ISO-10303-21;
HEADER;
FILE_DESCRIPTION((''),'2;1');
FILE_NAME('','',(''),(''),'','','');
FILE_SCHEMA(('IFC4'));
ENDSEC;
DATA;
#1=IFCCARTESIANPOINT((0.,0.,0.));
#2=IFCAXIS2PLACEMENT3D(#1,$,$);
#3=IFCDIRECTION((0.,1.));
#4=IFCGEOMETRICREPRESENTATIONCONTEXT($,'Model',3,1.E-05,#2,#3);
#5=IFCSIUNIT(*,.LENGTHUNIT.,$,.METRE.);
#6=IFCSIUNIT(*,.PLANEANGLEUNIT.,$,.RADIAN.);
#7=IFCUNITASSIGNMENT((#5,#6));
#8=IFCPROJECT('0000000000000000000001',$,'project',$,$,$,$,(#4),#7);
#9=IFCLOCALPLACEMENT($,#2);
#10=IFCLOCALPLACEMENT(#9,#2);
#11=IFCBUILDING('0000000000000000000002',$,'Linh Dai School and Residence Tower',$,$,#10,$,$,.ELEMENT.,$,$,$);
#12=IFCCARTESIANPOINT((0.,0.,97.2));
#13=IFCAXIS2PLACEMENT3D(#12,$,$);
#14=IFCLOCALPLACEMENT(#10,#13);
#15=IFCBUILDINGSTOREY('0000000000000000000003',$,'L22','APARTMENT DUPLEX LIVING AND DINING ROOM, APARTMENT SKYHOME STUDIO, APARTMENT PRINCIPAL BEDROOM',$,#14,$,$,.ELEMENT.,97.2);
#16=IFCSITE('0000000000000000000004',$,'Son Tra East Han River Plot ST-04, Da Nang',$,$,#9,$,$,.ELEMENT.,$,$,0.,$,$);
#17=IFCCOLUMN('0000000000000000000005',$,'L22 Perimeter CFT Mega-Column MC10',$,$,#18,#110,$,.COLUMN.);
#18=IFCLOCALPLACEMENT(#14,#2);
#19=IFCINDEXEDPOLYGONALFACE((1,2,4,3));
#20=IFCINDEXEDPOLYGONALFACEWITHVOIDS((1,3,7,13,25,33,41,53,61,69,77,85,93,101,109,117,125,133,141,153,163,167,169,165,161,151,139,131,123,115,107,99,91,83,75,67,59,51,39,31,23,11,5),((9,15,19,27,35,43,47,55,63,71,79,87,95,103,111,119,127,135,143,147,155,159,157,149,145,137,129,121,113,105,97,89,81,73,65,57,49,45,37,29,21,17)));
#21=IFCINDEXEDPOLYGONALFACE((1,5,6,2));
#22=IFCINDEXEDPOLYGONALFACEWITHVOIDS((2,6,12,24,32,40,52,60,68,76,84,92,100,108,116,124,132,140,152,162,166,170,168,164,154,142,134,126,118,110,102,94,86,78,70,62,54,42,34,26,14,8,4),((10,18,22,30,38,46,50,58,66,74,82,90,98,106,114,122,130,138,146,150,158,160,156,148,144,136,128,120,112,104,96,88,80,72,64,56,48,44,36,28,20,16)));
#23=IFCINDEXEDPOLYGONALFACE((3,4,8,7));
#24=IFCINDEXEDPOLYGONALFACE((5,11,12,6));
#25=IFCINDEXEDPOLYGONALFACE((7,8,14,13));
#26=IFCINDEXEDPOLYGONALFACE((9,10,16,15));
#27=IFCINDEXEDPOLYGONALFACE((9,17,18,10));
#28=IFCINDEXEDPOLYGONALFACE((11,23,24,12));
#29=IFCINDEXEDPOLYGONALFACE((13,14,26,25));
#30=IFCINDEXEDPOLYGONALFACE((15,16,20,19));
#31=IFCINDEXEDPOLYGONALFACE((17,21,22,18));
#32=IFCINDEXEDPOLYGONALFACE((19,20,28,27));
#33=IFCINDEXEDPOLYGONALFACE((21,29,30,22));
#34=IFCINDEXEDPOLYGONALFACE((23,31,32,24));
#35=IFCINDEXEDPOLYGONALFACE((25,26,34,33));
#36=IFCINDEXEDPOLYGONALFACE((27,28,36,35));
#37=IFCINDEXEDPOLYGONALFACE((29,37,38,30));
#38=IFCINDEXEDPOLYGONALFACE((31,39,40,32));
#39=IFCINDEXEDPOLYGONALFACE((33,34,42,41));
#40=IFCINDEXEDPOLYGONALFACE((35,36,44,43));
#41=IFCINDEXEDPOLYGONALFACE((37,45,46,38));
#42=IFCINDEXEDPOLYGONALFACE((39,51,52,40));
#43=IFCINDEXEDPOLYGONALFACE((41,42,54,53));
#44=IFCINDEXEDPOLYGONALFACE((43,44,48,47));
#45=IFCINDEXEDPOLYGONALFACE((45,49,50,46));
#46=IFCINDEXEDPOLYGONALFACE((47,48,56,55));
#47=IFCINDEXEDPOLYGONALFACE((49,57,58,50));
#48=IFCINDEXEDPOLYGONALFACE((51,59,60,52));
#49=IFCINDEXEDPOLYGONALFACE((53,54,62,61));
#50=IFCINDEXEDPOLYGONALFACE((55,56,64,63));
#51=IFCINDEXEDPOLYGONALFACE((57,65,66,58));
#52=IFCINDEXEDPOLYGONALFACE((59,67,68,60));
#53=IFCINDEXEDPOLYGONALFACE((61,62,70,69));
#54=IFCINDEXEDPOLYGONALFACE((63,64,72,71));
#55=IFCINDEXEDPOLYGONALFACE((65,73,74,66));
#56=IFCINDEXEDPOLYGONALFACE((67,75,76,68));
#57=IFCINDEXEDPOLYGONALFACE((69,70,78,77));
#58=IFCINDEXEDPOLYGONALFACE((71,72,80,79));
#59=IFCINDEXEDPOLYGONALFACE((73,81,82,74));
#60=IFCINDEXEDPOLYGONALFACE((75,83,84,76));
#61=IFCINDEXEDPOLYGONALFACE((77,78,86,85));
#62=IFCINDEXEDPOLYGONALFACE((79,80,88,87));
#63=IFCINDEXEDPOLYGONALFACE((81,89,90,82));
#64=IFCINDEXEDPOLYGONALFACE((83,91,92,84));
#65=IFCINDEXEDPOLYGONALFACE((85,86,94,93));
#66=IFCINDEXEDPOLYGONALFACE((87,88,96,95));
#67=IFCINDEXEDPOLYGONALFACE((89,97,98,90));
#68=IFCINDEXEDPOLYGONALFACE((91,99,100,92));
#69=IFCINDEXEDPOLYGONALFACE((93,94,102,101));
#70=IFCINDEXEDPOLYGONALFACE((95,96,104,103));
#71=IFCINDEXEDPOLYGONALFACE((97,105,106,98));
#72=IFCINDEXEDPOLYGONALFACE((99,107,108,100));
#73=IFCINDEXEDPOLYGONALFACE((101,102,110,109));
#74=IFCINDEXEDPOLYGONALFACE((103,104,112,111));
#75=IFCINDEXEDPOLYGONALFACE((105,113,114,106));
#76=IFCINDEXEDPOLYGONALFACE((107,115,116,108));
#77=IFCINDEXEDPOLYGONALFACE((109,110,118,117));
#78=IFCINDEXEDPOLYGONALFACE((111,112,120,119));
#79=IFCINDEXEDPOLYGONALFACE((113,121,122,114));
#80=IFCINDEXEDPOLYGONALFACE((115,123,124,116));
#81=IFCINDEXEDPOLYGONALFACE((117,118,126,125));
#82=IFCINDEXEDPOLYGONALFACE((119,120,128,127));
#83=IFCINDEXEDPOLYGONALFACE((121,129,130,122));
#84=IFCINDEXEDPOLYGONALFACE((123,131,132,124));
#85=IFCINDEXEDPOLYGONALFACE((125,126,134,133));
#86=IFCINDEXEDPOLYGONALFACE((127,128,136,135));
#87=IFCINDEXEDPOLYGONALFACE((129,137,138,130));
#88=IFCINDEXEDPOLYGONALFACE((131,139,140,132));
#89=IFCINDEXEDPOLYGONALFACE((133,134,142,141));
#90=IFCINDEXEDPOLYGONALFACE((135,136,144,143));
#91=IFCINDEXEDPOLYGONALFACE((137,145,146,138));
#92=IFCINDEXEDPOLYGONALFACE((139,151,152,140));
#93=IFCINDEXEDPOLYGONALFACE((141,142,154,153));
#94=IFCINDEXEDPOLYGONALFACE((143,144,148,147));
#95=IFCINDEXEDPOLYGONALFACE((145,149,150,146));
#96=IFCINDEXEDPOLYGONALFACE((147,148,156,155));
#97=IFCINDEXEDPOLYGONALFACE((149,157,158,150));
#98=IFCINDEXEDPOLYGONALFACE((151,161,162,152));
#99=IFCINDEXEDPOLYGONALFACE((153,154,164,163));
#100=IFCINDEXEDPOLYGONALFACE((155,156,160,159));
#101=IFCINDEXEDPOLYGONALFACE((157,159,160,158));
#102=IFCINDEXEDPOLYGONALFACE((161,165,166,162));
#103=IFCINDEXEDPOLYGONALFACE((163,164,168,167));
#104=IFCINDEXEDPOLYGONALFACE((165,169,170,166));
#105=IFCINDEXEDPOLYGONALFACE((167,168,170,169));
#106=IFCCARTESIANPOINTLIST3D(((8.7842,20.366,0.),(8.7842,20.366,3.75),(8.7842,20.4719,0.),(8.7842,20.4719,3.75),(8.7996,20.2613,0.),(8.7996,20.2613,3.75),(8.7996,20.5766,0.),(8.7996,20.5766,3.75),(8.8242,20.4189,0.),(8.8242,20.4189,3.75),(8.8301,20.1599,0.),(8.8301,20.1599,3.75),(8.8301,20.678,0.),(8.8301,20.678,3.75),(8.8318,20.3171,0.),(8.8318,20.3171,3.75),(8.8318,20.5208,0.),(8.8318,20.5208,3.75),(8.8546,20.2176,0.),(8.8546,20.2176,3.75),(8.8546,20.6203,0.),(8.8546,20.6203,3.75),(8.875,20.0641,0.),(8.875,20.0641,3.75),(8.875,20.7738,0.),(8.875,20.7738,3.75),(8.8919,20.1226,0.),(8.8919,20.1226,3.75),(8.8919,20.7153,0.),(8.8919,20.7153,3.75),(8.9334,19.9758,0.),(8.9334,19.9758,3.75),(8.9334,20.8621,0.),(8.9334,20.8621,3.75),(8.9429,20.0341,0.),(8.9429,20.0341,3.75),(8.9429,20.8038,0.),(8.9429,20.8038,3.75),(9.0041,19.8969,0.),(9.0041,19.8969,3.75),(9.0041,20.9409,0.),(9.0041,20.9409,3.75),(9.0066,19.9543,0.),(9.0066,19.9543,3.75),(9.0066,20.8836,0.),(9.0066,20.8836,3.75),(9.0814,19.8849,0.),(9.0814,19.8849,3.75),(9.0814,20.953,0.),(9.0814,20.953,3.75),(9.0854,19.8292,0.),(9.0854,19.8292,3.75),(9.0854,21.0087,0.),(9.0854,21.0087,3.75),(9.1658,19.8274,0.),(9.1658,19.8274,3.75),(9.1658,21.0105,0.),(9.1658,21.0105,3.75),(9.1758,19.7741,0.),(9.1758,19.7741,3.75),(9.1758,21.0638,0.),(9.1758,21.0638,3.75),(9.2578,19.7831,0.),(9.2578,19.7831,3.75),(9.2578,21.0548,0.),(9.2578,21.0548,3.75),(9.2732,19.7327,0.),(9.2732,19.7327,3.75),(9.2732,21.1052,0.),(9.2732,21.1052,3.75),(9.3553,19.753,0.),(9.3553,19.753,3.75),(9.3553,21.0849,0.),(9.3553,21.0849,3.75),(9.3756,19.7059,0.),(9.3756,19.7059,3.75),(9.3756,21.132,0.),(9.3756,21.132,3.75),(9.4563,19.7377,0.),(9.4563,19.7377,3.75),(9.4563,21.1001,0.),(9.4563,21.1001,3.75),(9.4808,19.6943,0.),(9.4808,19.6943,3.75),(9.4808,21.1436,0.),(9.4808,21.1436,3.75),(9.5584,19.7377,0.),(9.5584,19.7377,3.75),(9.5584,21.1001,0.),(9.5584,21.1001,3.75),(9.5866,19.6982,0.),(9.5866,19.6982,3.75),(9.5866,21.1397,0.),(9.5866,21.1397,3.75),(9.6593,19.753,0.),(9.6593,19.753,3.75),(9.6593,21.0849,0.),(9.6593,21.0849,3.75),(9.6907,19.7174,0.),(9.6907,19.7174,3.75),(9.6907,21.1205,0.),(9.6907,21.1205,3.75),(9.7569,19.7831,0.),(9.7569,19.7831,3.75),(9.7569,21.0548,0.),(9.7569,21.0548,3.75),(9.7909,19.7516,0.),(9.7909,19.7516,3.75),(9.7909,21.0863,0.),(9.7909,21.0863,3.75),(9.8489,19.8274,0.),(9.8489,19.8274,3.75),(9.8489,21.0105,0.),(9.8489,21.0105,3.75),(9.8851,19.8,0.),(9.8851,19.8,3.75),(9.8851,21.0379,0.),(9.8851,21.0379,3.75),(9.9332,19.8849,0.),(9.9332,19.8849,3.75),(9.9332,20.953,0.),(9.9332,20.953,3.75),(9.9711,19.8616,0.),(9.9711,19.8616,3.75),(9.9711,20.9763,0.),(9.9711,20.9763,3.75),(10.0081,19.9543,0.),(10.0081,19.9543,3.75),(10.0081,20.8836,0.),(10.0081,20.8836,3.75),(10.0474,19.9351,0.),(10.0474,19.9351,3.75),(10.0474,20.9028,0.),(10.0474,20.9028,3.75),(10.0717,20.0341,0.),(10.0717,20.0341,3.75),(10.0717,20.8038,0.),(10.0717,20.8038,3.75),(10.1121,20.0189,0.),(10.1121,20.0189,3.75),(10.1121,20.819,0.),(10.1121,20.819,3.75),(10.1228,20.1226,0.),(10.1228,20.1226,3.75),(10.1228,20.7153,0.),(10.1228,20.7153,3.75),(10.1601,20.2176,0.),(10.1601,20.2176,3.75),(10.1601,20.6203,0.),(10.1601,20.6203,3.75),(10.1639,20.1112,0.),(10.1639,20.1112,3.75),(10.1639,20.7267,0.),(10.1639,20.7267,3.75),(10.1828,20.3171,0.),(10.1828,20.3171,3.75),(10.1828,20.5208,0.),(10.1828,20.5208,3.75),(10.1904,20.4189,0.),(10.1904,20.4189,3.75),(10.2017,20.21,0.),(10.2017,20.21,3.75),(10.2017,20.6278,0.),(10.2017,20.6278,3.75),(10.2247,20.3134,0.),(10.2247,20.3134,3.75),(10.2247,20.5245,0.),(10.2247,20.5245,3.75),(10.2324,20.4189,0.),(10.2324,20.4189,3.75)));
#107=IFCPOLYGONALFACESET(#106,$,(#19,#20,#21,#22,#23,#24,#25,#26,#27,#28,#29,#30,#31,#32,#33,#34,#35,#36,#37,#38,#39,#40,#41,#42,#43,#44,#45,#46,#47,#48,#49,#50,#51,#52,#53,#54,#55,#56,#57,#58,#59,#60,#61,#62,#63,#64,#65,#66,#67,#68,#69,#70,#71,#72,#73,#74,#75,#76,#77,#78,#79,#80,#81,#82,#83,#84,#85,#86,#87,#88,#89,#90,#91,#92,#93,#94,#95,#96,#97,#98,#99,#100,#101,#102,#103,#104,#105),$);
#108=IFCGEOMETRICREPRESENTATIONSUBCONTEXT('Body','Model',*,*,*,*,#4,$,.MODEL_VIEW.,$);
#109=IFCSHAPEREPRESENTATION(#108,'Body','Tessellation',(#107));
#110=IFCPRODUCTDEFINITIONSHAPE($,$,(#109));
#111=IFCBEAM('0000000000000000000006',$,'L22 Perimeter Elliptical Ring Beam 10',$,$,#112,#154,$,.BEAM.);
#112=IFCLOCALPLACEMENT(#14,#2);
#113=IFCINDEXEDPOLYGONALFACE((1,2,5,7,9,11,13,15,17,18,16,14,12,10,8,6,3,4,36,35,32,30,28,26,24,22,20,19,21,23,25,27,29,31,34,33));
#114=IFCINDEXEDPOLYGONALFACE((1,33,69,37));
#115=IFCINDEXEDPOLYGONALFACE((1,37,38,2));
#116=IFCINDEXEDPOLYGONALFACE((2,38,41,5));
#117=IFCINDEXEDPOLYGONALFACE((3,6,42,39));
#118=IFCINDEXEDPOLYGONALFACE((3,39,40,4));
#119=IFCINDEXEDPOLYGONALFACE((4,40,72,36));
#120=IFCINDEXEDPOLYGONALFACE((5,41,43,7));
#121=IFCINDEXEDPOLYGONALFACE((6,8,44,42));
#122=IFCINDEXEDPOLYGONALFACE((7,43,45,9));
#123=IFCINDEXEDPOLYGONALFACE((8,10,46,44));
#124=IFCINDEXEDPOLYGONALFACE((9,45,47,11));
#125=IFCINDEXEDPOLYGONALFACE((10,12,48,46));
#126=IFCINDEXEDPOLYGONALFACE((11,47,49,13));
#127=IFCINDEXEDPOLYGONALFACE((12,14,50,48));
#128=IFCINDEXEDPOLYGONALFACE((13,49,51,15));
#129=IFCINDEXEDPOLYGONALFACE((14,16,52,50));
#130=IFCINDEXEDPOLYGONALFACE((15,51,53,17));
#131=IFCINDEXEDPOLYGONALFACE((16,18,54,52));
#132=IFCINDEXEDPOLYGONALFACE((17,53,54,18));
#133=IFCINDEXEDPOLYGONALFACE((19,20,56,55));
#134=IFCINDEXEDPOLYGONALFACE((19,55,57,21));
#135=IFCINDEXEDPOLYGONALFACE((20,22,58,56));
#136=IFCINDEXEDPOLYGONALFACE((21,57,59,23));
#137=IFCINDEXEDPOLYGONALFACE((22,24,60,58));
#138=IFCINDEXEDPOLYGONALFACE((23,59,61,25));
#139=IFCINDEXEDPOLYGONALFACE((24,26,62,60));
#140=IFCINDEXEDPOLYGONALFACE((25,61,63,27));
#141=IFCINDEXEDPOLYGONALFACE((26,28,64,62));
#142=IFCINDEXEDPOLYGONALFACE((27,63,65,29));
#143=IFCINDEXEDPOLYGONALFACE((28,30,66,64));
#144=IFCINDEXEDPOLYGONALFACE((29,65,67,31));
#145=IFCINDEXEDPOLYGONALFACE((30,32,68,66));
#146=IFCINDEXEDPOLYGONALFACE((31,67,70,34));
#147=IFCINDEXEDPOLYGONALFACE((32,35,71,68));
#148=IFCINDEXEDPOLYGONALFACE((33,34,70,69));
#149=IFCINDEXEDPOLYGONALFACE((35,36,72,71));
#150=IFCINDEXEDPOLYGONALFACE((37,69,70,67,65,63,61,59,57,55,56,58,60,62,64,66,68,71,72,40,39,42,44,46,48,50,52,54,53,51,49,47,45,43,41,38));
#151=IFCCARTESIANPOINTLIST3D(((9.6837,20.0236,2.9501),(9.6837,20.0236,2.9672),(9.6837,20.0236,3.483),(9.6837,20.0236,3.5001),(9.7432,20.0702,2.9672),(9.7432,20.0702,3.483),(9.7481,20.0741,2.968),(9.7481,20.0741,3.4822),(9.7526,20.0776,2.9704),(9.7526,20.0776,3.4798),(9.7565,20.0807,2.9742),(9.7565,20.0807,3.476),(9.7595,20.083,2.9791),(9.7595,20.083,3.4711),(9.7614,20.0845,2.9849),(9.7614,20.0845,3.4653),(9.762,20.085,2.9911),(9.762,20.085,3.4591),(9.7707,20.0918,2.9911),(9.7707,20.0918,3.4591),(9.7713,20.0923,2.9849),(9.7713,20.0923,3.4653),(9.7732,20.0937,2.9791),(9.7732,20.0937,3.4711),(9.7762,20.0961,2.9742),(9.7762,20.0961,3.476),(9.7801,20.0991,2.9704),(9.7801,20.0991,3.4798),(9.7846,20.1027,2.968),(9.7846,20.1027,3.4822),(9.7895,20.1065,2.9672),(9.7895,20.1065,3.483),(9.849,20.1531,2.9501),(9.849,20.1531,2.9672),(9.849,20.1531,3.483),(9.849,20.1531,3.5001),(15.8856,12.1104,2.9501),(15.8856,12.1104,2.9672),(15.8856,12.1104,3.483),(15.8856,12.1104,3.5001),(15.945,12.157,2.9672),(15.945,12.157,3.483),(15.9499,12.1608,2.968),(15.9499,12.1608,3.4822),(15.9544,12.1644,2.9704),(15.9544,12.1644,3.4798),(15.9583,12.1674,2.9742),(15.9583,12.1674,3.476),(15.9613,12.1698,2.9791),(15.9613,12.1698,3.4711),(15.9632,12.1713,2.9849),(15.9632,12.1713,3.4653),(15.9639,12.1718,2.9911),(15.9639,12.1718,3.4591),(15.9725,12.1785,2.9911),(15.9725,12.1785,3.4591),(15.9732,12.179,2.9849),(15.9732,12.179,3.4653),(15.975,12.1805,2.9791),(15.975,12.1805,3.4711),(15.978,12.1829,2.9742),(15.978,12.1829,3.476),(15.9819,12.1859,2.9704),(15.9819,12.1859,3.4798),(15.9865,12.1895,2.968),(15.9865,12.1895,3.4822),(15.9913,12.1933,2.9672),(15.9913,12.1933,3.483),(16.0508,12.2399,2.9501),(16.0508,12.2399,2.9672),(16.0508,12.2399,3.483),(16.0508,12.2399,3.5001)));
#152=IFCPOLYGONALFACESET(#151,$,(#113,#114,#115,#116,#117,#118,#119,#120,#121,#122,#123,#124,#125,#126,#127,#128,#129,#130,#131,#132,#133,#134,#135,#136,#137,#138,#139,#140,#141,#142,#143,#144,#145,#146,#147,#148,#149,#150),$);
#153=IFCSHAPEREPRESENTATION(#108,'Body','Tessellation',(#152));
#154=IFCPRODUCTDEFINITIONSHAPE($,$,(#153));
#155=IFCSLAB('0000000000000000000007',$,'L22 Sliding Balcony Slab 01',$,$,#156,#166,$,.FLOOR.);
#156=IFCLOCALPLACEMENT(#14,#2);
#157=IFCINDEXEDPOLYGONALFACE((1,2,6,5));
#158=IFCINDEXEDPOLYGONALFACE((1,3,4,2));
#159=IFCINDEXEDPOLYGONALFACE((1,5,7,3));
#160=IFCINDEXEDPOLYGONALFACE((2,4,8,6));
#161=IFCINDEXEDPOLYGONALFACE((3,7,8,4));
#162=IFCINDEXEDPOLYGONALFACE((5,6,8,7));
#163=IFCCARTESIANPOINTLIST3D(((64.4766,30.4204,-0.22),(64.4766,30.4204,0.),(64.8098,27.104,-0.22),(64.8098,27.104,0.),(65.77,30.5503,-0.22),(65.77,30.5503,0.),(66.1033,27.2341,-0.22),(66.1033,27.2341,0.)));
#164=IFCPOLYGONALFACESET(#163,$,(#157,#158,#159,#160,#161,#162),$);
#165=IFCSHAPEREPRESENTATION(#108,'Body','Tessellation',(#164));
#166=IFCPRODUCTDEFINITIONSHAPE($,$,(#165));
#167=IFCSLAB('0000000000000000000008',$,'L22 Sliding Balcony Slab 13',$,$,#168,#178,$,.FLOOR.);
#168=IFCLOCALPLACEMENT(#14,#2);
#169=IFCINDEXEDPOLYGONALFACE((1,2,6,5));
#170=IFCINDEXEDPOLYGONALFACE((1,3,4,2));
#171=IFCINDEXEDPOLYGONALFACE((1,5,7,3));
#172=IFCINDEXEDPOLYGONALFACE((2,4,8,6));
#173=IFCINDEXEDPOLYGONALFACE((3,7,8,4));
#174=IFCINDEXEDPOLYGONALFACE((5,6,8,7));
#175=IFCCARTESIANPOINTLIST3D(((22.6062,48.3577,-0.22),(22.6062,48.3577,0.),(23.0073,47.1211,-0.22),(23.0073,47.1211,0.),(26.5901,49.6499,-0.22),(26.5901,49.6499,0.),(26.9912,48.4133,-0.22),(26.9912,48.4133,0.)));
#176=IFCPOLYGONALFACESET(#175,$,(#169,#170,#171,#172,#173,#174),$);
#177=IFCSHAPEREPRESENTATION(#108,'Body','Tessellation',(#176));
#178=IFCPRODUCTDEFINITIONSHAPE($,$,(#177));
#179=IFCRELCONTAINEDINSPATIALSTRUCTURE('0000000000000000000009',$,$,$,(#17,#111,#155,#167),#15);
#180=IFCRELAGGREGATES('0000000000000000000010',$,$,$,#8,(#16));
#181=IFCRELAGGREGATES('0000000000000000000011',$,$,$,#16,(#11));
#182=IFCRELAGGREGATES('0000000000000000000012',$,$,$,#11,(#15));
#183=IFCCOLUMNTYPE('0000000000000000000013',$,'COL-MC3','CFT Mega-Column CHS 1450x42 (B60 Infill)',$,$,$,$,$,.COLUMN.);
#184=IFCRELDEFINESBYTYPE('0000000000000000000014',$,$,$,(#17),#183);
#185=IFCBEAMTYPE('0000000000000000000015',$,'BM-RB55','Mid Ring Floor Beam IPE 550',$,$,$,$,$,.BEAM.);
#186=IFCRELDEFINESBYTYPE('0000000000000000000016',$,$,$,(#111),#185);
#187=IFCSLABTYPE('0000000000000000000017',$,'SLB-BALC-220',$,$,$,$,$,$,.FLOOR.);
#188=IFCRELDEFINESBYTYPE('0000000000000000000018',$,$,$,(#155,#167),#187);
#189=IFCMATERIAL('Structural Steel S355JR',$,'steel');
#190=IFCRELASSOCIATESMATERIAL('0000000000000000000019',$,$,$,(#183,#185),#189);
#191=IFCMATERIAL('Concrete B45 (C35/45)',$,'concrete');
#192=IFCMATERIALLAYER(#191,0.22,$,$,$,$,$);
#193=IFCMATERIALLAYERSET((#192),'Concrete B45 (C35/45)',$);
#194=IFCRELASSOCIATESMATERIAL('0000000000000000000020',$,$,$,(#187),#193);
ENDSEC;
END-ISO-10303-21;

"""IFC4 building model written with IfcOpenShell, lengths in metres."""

from ifc_helpers import new_model, si_unit, direction, frame, origin, origin_2d, place, context, subcontext, project, spatial, polyline, hollow_circle, i_section, outline, extrude, material, layer, layer_set, material_profile, profile_set, type_object, element, save


model = new_model("IFC4")

# Units and contexts
model_context = context("Model", 3, precision=1e-05, world=origin(), true_north=direction((0.0, 1.0)))
body_context = subcontext(model_context, "Body", "Model", "MODEL_VIEW")
ifc_project = project(units=[si_unit("LENGTHUNIT", "METRE"), si_unit("PLANEANGLEUNIT", "RADIAN")], contexts=[model_context])

# Site, building, storey
site_placement = place(None, origin())
site = spatial("IfcSite", under=ifc_project, at=site_placement, Name="Son Tra East Han River Plot ST-04, Da Nang", CompositionType="ELEMENT", RefElevation=0.0)
building_placement = place(site_placement, origin())
building = spatial("IfcBuilding", under=site, at=building_placement, Name="Linh Dai School and Residence Tower", CompositionType="ELEMENT")
storey_placement = place(building_placement, frame((0.0, 0.0, 97.2)))
storey = spatial("IfcBuildingStorey", under=building, at=storey_placement, Name="L22", Description="APARTMENT DUPLEX LIVING AND DINING ROOM, APARTMENT SKYHOME STUDIO, APARTMENT PRINCIPAL BEDROOM", CompositionType="ELEMENT", Elevation=97.2)

# Column
ifc_material_1 = material(Name="Structural Steel S355JR", Category="steel")
ifc_material_profile_1 = material_profile(ifc_material_1, hollow_circle(Radius=0.7251, WallThickness=0.042, at=origin_2d()), Name="CHS 1450x42")
ifc_profile_set_1 = profile_set([ifc_material_profile_1], Name="Structural Steel S355JR")
column_type = type_object("IfcColumnType", Name="COL-MC3", Description="CFT Mega-Column CHS 1450x42 (B60 Infill)", PredefinedType="COLUMN", material=ifc_profile_set_1)
column_placement = place(storey_placement, frame((9.5073, 20.4189, 0.0), z_axis=(0.0, 0.0, 1.0), x_axis=(1.0, 0.0, 0.0)))
element("IfcColumn", 1, at=column_placement, inside=storey, type_object=column_type, Name="L22 Perimeter CFT Mega-Column MC10", PredefinedType="COLUMN", context=body_context, shape_type="SweptSolid", body=[
    extrude(hollow_circle(Radius=0.7251, WallThickness=0.042, at=origin_2d()), origin(), (0.0, 0.0, 1.0), 3.75),
])

# Beam
ifc_material_profile_2 = material_profile(ifc_material_1, i_section(OverallWidth=0.21, OverallDepth=0.55, WebThickness=0.011, FlangeThickness=0.0171, FilletRadius=0.0239, at=origin_2d()), Name="IPE 550")
ifc_profile_set_2 = profile_set([ifc_material_profile_2], Name="Structural Steel S355JR")
beam_type = type_object("IfcBeamType", Name="BM-RB55", Description="Mid Ring Floor Beam IPE 550", PredefinedType="BEAM", material=ifc_profile_set_2)
beam_placement = place(storey_placement, frame((9.7664, 20.0884, 3.2251), z_axis=(0.616855, -0.787077, 0.0), x_axis=(0.787077, 0.616855, 0.0)))
element("IfcBeam", 2, at=beam_placement, inside=storey, type_object=beam_type, Name="L22 Perimeter Elliptical Ring Beam 10", PredefinedType="BEAM", context=body_context, shape_type="SweptSolid", body=[
    extrude(i_section(OverallWidth=0.21, OverallDepth=0.55, WebThickness=0.011, FlangeThickness=0.0171, FilletRadius=0.0239, at=origin_2d()), origin(), (0.0, 0.0, 1.0), 10.054),
])

# Slabs
ifc_material_2 = material(Name="Concrete B45 (C35/45)", Category="concrete")
ifc_layer_1 = layer(ifc_material_2, 0.22)
ifc_layer_set_1 = layer_set([ifc_layer_1], Name="Concrete B45 (C35/45)")
slab_type_1 = type_object("IfcSlabType", Name="SLB-BALC-220", PredefinedType="FLOOR", material=ifc_layer_set_1)
slab_1_placement = place(storey_placement, frame((0.0, 0.0, -0.22)))
element("IfcSlab", 3, at=slab_1_placement, inside=storey, type_object=slab_type_1, Name="L22 Sliding Balcony Slab 01", PredefinedType="FLOOR", context=body_context, shape_type="SweptSolid", body=[
    extrude(outline(polyline([(64.4766, 30.4204), (64.8098, 27.104), (66.1033, 27.2341), (65.77, 30.5503), (64.4766, 30.4204)])), origin(), (0.0, 0.0, 1.0), 0.22),
])
slab_2_placement = place(storey_placement, frame((0.0, 0.0, -0.22)))
element("IfcSlab", 4, at=slab_2_placement, inside=storey, type_object=slab_type_1, Name="L22 Sliding Balcony Slab 13", PredefinedType="FLOOR", context=body_context, shape_type="SweptSolid", body=[
    extrude(outline(polyline([(23.0073, 47.1211), (26.9912, 48.4133), (26.5901, 49.6499), (22.6062, 48.3577), (23.0073, 47.1211)])), origin(), (0.0, 0.0, 1.0), 0.22),
])

save(model, "model.ifc")
